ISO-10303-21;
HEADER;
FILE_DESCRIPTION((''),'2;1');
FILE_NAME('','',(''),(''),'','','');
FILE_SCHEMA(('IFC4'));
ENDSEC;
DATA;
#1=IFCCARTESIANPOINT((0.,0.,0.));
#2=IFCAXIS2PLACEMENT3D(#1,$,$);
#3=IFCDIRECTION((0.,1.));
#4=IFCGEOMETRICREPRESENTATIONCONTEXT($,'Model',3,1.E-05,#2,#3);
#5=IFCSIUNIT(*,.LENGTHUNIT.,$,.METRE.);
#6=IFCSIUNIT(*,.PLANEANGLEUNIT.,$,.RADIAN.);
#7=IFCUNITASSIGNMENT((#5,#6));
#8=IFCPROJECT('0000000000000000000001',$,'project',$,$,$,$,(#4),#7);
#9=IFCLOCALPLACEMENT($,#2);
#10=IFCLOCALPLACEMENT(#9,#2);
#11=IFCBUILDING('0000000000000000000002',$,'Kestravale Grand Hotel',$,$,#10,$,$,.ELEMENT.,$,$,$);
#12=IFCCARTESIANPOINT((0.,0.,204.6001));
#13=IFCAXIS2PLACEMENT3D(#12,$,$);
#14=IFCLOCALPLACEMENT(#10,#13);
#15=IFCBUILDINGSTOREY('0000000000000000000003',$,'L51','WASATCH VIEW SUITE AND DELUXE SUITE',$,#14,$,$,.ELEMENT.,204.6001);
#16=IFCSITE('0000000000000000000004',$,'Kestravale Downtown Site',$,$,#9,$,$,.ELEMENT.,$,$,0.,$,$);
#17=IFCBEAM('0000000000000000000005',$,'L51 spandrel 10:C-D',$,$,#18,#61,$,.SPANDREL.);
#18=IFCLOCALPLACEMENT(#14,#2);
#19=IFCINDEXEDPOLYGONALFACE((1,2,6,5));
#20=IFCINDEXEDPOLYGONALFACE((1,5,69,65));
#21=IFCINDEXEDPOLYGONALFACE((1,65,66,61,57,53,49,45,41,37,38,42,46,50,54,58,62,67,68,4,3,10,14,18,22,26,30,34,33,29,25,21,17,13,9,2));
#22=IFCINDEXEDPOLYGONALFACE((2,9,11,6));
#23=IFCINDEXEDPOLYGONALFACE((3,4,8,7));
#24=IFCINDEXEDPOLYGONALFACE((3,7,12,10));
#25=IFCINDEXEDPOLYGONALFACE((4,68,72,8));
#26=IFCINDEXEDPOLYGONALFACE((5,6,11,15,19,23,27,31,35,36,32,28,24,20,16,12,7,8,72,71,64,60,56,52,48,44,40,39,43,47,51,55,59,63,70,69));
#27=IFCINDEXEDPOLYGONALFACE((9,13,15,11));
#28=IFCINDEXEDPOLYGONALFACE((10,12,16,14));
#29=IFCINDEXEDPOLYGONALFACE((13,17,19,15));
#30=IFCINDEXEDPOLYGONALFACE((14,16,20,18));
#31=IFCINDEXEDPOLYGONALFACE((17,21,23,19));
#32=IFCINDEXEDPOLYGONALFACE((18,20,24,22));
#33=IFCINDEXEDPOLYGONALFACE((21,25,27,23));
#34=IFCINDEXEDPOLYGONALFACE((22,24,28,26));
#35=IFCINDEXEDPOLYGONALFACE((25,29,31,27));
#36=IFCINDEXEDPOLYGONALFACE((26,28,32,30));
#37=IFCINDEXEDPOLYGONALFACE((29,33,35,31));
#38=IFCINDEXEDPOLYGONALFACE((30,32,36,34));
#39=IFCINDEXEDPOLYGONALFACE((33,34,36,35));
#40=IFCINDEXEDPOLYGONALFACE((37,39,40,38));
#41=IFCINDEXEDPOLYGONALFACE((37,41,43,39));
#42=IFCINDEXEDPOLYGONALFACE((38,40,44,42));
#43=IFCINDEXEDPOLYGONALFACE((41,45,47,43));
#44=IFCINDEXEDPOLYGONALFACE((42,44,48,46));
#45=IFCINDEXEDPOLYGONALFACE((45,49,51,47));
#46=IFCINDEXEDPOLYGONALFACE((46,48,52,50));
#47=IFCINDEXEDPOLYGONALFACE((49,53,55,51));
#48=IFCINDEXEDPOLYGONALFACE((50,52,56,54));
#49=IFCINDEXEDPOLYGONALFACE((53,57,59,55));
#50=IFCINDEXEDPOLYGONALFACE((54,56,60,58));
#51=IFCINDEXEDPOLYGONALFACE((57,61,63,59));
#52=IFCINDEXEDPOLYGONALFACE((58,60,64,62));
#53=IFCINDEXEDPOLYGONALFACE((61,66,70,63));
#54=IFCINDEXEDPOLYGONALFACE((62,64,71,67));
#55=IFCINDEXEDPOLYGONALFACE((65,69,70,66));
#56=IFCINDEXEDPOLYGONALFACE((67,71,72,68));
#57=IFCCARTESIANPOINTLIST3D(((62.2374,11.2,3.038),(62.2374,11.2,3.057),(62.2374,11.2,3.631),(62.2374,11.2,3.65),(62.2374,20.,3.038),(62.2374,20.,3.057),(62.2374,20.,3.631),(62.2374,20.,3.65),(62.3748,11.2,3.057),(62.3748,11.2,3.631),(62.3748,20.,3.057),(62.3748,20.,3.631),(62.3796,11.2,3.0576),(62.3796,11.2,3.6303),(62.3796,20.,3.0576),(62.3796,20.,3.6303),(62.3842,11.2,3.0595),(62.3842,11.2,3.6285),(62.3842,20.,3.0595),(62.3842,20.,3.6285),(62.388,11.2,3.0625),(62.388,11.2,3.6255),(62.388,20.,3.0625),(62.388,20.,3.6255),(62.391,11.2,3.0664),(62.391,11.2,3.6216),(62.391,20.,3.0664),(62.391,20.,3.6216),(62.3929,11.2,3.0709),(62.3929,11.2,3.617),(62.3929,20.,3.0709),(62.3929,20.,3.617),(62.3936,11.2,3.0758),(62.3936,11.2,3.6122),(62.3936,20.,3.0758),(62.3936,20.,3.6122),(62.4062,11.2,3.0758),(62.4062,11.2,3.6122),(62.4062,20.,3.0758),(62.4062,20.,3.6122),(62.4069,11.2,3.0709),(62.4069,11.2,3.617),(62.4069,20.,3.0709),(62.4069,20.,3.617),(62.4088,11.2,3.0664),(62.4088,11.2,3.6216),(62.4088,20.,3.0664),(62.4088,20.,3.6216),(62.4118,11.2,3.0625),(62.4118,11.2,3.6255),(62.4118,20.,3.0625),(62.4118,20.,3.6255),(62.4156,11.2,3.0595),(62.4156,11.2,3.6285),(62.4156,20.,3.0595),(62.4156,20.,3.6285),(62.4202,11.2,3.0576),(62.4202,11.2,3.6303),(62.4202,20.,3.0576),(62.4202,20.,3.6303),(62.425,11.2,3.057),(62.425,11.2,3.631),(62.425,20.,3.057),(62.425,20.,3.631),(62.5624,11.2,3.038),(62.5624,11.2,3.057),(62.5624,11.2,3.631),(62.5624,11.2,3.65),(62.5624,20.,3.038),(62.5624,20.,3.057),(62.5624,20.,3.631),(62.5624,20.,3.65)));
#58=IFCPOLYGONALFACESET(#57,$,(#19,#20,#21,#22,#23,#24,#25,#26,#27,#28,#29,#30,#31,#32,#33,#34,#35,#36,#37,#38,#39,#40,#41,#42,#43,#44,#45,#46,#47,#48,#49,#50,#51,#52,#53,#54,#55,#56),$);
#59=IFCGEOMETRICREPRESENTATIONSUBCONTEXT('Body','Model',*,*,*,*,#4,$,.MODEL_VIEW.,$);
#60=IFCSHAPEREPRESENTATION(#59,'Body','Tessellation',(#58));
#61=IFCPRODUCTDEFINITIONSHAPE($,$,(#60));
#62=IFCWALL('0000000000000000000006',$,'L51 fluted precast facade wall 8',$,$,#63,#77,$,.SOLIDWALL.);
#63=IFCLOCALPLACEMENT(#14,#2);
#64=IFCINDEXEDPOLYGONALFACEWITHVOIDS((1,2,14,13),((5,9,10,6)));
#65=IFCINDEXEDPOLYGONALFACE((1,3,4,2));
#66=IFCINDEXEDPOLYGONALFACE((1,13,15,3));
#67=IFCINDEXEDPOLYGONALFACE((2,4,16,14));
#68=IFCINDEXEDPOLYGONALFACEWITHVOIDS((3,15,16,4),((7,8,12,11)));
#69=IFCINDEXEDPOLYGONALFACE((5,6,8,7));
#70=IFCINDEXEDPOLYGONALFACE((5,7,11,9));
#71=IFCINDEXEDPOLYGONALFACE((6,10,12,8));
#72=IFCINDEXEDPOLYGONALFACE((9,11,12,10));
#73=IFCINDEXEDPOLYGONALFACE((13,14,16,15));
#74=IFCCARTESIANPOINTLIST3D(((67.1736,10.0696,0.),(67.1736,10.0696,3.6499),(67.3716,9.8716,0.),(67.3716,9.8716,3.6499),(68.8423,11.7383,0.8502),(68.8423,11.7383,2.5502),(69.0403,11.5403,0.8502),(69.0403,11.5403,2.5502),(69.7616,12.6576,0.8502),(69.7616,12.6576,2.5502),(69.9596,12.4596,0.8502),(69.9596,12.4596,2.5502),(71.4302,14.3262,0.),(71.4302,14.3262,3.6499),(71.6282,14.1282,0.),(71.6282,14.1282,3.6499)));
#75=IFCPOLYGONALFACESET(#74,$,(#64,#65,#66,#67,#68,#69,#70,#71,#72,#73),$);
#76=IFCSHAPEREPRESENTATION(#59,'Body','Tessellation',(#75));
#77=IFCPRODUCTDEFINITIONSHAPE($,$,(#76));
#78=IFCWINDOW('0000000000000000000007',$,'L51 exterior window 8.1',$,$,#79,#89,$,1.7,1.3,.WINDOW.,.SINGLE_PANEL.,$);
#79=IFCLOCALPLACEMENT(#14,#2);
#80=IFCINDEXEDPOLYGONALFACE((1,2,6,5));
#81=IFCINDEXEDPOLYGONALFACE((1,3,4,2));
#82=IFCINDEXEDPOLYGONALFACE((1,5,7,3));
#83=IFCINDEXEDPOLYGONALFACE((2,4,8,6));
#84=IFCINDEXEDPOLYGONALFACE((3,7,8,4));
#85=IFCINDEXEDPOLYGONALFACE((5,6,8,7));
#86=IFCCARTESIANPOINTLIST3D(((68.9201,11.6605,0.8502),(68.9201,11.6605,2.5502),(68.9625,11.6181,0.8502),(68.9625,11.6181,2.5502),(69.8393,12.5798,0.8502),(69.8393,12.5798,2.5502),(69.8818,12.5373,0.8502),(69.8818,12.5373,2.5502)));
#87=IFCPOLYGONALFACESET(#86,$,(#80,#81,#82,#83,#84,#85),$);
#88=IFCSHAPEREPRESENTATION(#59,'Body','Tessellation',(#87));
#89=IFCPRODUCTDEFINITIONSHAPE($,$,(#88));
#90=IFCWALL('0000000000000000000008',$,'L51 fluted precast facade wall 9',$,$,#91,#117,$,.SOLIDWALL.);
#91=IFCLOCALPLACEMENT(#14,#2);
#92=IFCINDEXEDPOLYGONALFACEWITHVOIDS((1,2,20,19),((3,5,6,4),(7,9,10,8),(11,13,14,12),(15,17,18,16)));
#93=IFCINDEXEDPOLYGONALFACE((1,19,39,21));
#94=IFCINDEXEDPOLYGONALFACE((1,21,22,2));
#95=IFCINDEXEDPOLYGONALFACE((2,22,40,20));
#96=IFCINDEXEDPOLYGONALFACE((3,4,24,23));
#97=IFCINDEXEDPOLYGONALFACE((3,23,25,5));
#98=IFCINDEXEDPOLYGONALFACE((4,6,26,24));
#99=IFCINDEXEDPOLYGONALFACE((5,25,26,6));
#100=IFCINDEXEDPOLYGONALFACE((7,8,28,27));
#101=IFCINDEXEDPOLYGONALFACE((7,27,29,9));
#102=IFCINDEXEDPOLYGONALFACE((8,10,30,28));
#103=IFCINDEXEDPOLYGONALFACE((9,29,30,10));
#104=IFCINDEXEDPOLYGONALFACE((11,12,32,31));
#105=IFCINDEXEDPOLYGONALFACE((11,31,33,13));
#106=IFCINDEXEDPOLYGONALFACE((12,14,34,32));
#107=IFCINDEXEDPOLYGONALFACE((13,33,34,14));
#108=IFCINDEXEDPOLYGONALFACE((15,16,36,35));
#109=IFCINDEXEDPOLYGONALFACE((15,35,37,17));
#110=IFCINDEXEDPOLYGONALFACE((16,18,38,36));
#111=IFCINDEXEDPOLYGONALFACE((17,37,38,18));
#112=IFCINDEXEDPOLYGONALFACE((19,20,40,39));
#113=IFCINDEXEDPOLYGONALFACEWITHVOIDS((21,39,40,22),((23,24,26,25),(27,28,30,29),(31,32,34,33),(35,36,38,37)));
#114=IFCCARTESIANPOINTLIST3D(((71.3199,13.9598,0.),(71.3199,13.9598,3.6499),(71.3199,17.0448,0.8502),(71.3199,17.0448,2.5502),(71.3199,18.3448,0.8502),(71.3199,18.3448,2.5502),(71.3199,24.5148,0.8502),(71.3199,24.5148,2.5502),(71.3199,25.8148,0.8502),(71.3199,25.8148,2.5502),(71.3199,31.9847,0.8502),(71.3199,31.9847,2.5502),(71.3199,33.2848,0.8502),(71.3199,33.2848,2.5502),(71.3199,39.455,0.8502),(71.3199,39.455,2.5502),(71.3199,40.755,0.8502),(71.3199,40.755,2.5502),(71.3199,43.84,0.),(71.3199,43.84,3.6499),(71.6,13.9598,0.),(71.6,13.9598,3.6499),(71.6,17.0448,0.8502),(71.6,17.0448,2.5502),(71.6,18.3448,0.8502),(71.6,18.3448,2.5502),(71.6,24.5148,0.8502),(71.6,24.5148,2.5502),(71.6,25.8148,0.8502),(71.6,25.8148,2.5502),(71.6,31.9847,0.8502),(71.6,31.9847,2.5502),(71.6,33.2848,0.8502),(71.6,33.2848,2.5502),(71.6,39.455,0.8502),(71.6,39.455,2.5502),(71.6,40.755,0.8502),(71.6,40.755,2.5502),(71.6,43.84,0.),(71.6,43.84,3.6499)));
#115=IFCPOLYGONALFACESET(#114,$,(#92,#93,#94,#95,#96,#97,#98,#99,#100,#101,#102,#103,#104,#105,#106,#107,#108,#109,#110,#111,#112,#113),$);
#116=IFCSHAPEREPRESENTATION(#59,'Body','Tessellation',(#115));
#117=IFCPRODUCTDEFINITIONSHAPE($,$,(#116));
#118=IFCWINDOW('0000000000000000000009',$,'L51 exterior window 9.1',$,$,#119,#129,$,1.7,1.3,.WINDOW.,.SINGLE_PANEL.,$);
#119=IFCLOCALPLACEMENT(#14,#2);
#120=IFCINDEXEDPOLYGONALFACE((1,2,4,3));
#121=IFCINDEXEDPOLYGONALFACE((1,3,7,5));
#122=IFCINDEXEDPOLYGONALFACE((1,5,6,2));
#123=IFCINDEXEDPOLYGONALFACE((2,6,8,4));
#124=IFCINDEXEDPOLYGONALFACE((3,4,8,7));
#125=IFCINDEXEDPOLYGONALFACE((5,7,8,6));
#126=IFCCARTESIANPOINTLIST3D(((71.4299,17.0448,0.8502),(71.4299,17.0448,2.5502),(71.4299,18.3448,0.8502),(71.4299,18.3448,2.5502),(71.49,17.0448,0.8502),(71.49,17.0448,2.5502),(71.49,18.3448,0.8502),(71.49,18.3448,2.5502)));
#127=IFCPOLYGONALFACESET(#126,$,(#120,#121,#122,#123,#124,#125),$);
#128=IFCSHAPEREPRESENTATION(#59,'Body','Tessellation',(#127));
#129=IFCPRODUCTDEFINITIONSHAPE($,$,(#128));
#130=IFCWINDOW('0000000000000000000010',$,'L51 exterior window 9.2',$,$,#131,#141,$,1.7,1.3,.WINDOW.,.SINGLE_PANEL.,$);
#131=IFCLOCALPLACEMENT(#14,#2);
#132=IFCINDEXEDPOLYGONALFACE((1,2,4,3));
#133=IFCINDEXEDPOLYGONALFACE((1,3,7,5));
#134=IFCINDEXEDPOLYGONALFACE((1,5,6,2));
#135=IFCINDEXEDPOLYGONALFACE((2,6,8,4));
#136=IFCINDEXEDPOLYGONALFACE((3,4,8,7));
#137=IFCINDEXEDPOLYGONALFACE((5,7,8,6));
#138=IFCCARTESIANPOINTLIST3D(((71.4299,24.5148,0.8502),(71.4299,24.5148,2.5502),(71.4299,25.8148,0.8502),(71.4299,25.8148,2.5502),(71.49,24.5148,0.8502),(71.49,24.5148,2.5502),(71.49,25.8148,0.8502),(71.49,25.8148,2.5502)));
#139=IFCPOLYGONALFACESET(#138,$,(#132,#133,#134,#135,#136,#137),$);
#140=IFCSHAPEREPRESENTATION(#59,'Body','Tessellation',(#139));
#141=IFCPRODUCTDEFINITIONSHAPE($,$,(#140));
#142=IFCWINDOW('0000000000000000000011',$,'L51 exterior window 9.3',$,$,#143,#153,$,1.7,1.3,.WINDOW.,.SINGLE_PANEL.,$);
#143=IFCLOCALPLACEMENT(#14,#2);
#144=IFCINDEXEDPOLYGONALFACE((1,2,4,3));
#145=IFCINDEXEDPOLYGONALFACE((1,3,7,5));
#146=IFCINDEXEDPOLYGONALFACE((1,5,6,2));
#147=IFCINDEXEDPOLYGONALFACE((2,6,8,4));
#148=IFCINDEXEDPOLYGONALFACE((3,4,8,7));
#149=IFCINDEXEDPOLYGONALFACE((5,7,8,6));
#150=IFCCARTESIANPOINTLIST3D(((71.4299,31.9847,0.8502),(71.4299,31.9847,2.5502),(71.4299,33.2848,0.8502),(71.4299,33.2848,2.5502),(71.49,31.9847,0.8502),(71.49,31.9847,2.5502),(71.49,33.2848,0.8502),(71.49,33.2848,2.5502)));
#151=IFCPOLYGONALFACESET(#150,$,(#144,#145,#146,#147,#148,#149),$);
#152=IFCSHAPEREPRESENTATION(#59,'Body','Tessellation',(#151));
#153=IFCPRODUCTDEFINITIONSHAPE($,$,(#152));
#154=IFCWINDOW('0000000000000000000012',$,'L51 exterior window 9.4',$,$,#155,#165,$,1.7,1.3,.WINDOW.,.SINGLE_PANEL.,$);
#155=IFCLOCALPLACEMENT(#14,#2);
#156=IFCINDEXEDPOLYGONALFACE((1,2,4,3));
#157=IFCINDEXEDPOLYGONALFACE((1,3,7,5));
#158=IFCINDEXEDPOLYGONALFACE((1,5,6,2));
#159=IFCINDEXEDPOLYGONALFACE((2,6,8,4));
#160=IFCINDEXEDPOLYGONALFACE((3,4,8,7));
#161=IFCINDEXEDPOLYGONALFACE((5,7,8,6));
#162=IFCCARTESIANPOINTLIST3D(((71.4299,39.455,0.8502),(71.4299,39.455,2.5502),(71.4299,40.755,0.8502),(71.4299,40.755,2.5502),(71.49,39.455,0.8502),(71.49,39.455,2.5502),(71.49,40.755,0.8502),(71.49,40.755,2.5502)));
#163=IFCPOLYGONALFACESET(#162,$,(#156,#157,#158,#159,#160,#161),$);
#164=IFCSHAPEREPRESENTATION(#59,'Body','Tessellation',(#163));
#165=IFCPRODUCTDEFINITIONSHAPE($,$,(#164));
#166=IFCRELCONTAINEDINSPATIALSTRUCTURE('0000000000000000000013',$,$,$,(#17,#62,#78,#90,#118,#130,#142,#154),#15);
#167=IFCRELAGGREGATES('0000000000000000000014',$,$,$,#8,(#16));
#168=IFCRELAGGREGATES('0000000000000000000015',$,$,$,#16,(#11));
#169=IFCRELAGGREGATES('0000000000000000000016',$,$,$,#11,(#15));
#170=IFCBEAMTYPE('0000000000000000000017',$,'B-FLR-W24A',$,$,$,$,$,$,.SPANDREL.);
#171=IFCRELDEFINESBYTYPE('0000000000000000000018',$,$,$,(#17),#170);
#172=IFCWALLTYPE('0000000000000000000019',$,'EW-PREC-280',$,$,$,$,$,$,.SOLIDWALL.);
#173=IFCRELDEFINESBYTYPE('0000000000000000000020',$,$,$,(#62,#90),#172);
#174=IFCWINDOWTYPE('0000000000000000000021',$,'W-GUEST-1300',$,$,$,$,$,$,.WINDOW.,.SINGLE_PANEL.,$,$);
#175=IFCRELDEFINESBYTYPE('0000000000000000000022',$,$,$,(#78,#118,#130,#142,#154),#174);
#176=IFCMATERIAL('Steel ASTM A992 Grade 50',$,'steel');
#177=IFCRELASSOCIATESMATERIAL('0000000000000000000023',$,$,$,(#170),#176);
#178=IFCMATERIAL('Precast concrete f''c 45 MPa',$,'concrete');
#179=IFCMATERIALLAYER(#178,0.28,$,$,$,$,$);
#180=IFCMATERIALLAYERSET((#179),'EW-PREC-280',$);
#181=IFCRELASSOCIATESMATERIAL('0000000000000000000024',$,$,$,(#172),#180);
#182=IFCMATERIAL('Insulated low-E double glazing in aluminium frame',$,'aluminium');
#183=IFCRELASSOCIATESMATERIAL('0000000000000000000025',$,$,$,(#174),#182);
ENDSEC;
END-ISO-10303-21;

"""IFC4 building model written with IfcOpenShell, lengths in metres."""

from ifc_helpers import new_model, si_unit, direction, frame, frame_2d, origin, origin_2d, place, context, subcontext, project, spatial, rectangle, i_section, extrude, material, layer, layer_set, material_profile, profile_set, type_object, element, fill, save


model = new_model("IFC4")

# Units and contexts
model_context = context("Model", 3, precision=1e-05, world=origin(), true_north=direction((0.0, 1.0)))
body_context = subcontext(model_context, "Body", "Model", "MODEL_VIEW")
ifc_project = project(units=[si_unit("LENGTHUNIT", "METRE"), si_unit("PLANEANGLEUNIT", "RADIAN")], contexts=[model_context])

# Site, building, storey
site_placement = place(None, origin())
site = spatial("IfcSite", under=ifc_project, at=site_placement, Name="Kestravale Downtown Site", CompositionType="ELEMENT", RefElevation=0.0)
building_placement = place(site_placement, origin())
building = spatial("IfcBuilding", under=site, at=building_placement, Name="Kestravale Grand Hotel", CompositionType="ELEMENT")
storey_placement = place(building_placement, frame((0.0, 0.0, 204.6001)))
storey = spatial("IfcBuildingStorey", under=building, at=storey_placement, Name="L51", Description="WASATCH VIEW SUITE AND DELUXE SUITE", CompositionType="ELEMENT", Elevation=204.6001)

# Beam
ifc_material_1 = material(Name="Steel ASTM A992 Grade 50", Category="steel")
ifc_material_profile_1 = material_profile(ifc_material_1, i_section(OverallWidth=0.325, OverallDepth=0.6121, WebThickness=0.0127, FlangeThickness=0.019, FilletRadius=0.0188, at=origin_2d()))
ifc_profile_set_1 = profile_set([ifc_material_profile_1], Name="Steel ASTM A992 Grade 50")
beam_type_1 = type_object("IfcBeamType", Name="B-FLR-W24A", PredefinedType="SPANDREL", material=ifc_profile_set_1)
for number, where, z_axis, x_axis, name in (
    (1, (62.3999, 11.2, 3.344), (0.0, 1.0, 0.0), (-1.0, 0.0, 0.0), "L51 spandrel 10:C-D"),
):
    element("IfcBeam", number, at=place(storey_placement, frame(where, z_axis=z_axis, x_axis=x_axis)), inside=storey, type_object=beam_type_1, Name=name, PredefinedType="SPANDREL", context=body_context, shape_type="SweptSolid", body=[
        extrude(i_section(OverallWidth=0.325, OverallDepth=0.6121, WebThickness=0.0127, FlangeThickness=0.019, FilletRadius=0.0188, at=origin_2d()), origin(), (0.0, 0.0, 1.0), 8.8),
    ])

# Wall, opening, window
ifc_material_2 = material(Name="Precast concrete f'c 45 MPa", Category="concrete")
ifc_layer_1 = layer(ifc_material_2, 0.28)
ifc_layer_set_1 = layer_set([ifc_layer_1], Name="EW-PREC-280")
wall_type_1 = type_object("IfcWallType", Name="EW-PREC-280", PredefinedType="SOLIDWALL", material=ifc_layer_set_1)
wall_1_placement = place(storey_placement, frame((67.2727, 9.9707, 0.0), z_axis=(0.0, 0.0, 1.0), x_axis=(0.707107, 0.707107, 0.0)))
wall_1 = element("IfcWall", 2, at=wall_1_placement, inside=storey, type_object=wall_type_1, Name="L51 fluted precast facade wall 8", PredefinedType="SOLIDWALL", context=body_context, shape_type="SweptSolid", body=[
    extrude(rectangle(XDim=6.0198, YDim=0.28, at=frame_2d((3.0098, 0.0))), origin(), (0.0, 0.0, 1.0), 3.6499),
])
opening_1_placement = place(wall_1_placement, frame((2.3599, 0.0, 0.8501)))
opening_1 = element("IfcOpeningElement", 3, at=opening_1_placement, cuts=wall_1, PredefinedType="OPENING", context=body_context, shape_type="SweptSolid", body=[
    extrude(rectangle(XDim=1.3, YDim=1.7, at=frame_2d((0.6499, 0.8501))), frame((0.0, 0.1499, 0.0), z_axis=(0.0, -1.0, 0.0), x_axis=(1.0, 0.0, 0.0)), (0.0, 0.0, 1.0), 0.3),
])
ifc_material_3 = material(Name="Insulated low-E double glazing in aluminium frame", Category="aluminium")
window_type = type_object("IfcWindowType", Name="W-GUEST-1300", PartitioningType="SINGLE_PANEL", PredefinedType="WINDOW", material=ifc_material_3)
window_1_placement = place(opening_1_placement, origin())
window_1 = element("IfcWindow", 4, at=window_1_placement, inside=storey, type_object=window_type, Name="L51 exterior window 8.1", OverallHeight=1.7, OverallWidth=1.3, PartitioningType="SINGLE_PANEL", PredefinedType="WINDOW", context=body_context, shape_type="SweptSolid", body=[
    extrude(rectangle(XDim=1.3, YDim=1.7, at=frame_2d((0.6499, 0.8501))), frame((0.0, 0.03, 0.0), z_axis=(0.0, -1.0, 0.0), x_axis=(1.0, 0.0, 0.0)), (0.0, 0.0, 1.0), 0.0601),
])
fill(opening_1, window_1)

# Wall, openings, windows
wall_2_placement = place(storey_placement, frame((71.46, 13.96, 0.0), z_axis=(0.0, 0.0, 1.0), x_axis=(0.0, 1.0, 0.0)))
wall_2 = element("IfcWall", 5, at=wall_2_placement, inside=storey, type_object=wall_type_1, Name="L51 fluted precast facade wall 9", PredefinedType="SOLIDWALL", context=body_context, shape_type="SweptSolid", body=[
    extrude(rectangle(XDim=29.8801, YDim=0.28, at=frame_2d((14.9399, 0.0))), origin(), (0.0, 0.0, 1.0), 3.6499),
])
opening_2_placement = place(wall_2_placement, frame((3.085, 0.0, 0.8501)))
opening_2 = element("IfcOpeningElement", 6, at=opening_2_placement, cuts=wall_2, PredefinedType="OPENING", context=body_context, shape_type="SweptSolid", body=[
    extrude(rectangle(XDim=1.3, YDim=1.7, at=frame_2d((0.6499, 0.8501))), frame((0.0, 0.1499, 0.0), z_axis=(0.0, -1.0, 0.0), x_axis=(1.0, 0.0, 0.0)), (0.0, 0.0, 1.0), 0.3),
])
opening_3_placement = place(wall_2_placement, frame((10.5549, 0.0, 0.8501)))
opening_3 = element("IfcOpeningElement", 7, at=opening_3_placement, cuts=wall_2, PredefinedType="OPENING", context=body_context, shape_type="SweptSolid", body=[
    extrude(rectangle(XDim=1.3, YDim=1.7, at=frame_2d((0.6499, 0.8501))), frame((0.0, 0.1499, 0.0), z_axis=(0.0, -1.0, 0.0), x_axis=(1.0, 0.0, 0.0)), (0.0, 0.0, 1.0), 0.3),
])
opening_4_placement = place(wall_2_placement, frame((18.0249, 0.0, 0.8501)))
opening_4 = element("IfcOpeningElement", 8, at=opening_4_placement, cuts=wall_2, PredefinedType="OPENING", context=body_context, shape_type="SweptSolid", body=[
    extrude(rectangle(XDim=1.3, YDim=1.7, at=frame_2d((0.6499, 0.8501))), frame((0.0, 0.1499, 0.0), z_axis=(0.0, -1.0, 0.0), x_axis=(1.0, 0.0, 0.0)), (0.0, 0.0, 1.0), 0.3),
])
opening_5_placement = place(wall_2_placement, frame((25.4951, 0.0, 0.8501)))
opening_5 = element("IfcOpeningElement", 9, at=opening_5_placement, cuts=wall_2, PredefinedType="OPENING", context=body_context, shape_type="SweptSolid", body=[
    extrude(rectangle(XDim=1.3, YDim=1.7, at=frame_2d((0.6499, 0.8501))), frame((0.0, 0.1499, 0.0), z_axis=(0.0, -1.0, 0.0), x_axis=(1.0, 0.0, 0.0)), (0.0, 0.0, 1.0), 0.3),
])
window_2_placement = place(opening_2_placement, origin())
window_2 = element("IfcWindow", 10, at=window_2_placement, inside=storey, type_object=window_type, Name="L51 exterior window 9.1", OverallHeight=1.7, OverallWidth=1.3, PartitioningType="SINGLE_PANEL", PredefinedType="WINDOW", context=body_context, shape_type="SweptSolid", body=[
    extrude(rectangle(XDim=1.3, YDim=1.7, at=frame_2d((0.6499, 0.8501))), frame((0.0, 0.03, 0.0), z_axis=(0.0, -1.0, 0.0), x_axis=(1.0, 0.0, 0.0)), (0.0, 0.0, 1.0), 0.0601),
])
fill(opening_2, window_2)
window_3_placement = place(opening_3_placement, origin())
window_3 = element("IfcWindow", 11, at=window_3_placement, inside=storey, type_object=window_type, Name="L51 exterior window 9.2", OverallHeight=1.7, OverallWidth=1.3, PartitioningType="SINGLE_PANEL", PredefinedType="WINDOW", context=body_context, shape_type="SweptSolid", body=[
    extrude(rectangle(XDim=1.3, YDim=1.7, at=frame_2d((0.6499, 0.8501))), frame((0.0, 0.03, 0.0), z_axis=(0.0, -1.0, 0.0), x_axis=(1.0, 0.0, 0.0)), (0.0, 0.0, 1.0), 0.0601),
])
fill(opening_3, window_3)
window_4_placement = place(opening_4_placement, origin())
window_4 = element("IfcWindow", 12, at=window_4_placement, inside=storey, type_object=window_type, Name="L51 exterior window 9.3", OverallHeight=1.7, OverallWidth=1.3, PartitioningType="SINGLE_PANEL", PredefinedType="WINDOW", context=body_context, shape_type="SweptSolid", body=[
    extrude(rectangle(XDim=1.3, YDim=1.7, at=frame_2d((0.6499, 0.8501))), frame((0.0, 0.03, 0.0), z_axis=(0.0, -1.0, 0.0), x_axis=(1.0, 0.0, 0.0)), (0.0, 0.0, 1.0), 0.0601),
])
fill(opening_4, window_4)
window_5_placement = place(opening_5_placement, origin())
window_5 = element("IfcWindow", 13, at=window_5_placement, inside=storey, type_object=window_type, Name="L51 exterior window 9.4", OverallHeight=1.7, OverallWidth=1.3, PartitioningType="SINGLE_PANEL", PredefinedType="WINDOW", context=body_context, shape_type="SweptSolid", body=[
    extrude(rectangle(XDim=1.3, YDim=1.7, at=frame_2d((0.6499, 0.8501))), frame((0.0, 0.03, 0.0), z_axis=(0.0, -1.0, 0.0), x_axis=(1.0, 0.0, 0.0)), (0.0, 0.0, 1.0), 0.0601),
])
fill(opening_5, window_5)

save(model, "model.ifc")
